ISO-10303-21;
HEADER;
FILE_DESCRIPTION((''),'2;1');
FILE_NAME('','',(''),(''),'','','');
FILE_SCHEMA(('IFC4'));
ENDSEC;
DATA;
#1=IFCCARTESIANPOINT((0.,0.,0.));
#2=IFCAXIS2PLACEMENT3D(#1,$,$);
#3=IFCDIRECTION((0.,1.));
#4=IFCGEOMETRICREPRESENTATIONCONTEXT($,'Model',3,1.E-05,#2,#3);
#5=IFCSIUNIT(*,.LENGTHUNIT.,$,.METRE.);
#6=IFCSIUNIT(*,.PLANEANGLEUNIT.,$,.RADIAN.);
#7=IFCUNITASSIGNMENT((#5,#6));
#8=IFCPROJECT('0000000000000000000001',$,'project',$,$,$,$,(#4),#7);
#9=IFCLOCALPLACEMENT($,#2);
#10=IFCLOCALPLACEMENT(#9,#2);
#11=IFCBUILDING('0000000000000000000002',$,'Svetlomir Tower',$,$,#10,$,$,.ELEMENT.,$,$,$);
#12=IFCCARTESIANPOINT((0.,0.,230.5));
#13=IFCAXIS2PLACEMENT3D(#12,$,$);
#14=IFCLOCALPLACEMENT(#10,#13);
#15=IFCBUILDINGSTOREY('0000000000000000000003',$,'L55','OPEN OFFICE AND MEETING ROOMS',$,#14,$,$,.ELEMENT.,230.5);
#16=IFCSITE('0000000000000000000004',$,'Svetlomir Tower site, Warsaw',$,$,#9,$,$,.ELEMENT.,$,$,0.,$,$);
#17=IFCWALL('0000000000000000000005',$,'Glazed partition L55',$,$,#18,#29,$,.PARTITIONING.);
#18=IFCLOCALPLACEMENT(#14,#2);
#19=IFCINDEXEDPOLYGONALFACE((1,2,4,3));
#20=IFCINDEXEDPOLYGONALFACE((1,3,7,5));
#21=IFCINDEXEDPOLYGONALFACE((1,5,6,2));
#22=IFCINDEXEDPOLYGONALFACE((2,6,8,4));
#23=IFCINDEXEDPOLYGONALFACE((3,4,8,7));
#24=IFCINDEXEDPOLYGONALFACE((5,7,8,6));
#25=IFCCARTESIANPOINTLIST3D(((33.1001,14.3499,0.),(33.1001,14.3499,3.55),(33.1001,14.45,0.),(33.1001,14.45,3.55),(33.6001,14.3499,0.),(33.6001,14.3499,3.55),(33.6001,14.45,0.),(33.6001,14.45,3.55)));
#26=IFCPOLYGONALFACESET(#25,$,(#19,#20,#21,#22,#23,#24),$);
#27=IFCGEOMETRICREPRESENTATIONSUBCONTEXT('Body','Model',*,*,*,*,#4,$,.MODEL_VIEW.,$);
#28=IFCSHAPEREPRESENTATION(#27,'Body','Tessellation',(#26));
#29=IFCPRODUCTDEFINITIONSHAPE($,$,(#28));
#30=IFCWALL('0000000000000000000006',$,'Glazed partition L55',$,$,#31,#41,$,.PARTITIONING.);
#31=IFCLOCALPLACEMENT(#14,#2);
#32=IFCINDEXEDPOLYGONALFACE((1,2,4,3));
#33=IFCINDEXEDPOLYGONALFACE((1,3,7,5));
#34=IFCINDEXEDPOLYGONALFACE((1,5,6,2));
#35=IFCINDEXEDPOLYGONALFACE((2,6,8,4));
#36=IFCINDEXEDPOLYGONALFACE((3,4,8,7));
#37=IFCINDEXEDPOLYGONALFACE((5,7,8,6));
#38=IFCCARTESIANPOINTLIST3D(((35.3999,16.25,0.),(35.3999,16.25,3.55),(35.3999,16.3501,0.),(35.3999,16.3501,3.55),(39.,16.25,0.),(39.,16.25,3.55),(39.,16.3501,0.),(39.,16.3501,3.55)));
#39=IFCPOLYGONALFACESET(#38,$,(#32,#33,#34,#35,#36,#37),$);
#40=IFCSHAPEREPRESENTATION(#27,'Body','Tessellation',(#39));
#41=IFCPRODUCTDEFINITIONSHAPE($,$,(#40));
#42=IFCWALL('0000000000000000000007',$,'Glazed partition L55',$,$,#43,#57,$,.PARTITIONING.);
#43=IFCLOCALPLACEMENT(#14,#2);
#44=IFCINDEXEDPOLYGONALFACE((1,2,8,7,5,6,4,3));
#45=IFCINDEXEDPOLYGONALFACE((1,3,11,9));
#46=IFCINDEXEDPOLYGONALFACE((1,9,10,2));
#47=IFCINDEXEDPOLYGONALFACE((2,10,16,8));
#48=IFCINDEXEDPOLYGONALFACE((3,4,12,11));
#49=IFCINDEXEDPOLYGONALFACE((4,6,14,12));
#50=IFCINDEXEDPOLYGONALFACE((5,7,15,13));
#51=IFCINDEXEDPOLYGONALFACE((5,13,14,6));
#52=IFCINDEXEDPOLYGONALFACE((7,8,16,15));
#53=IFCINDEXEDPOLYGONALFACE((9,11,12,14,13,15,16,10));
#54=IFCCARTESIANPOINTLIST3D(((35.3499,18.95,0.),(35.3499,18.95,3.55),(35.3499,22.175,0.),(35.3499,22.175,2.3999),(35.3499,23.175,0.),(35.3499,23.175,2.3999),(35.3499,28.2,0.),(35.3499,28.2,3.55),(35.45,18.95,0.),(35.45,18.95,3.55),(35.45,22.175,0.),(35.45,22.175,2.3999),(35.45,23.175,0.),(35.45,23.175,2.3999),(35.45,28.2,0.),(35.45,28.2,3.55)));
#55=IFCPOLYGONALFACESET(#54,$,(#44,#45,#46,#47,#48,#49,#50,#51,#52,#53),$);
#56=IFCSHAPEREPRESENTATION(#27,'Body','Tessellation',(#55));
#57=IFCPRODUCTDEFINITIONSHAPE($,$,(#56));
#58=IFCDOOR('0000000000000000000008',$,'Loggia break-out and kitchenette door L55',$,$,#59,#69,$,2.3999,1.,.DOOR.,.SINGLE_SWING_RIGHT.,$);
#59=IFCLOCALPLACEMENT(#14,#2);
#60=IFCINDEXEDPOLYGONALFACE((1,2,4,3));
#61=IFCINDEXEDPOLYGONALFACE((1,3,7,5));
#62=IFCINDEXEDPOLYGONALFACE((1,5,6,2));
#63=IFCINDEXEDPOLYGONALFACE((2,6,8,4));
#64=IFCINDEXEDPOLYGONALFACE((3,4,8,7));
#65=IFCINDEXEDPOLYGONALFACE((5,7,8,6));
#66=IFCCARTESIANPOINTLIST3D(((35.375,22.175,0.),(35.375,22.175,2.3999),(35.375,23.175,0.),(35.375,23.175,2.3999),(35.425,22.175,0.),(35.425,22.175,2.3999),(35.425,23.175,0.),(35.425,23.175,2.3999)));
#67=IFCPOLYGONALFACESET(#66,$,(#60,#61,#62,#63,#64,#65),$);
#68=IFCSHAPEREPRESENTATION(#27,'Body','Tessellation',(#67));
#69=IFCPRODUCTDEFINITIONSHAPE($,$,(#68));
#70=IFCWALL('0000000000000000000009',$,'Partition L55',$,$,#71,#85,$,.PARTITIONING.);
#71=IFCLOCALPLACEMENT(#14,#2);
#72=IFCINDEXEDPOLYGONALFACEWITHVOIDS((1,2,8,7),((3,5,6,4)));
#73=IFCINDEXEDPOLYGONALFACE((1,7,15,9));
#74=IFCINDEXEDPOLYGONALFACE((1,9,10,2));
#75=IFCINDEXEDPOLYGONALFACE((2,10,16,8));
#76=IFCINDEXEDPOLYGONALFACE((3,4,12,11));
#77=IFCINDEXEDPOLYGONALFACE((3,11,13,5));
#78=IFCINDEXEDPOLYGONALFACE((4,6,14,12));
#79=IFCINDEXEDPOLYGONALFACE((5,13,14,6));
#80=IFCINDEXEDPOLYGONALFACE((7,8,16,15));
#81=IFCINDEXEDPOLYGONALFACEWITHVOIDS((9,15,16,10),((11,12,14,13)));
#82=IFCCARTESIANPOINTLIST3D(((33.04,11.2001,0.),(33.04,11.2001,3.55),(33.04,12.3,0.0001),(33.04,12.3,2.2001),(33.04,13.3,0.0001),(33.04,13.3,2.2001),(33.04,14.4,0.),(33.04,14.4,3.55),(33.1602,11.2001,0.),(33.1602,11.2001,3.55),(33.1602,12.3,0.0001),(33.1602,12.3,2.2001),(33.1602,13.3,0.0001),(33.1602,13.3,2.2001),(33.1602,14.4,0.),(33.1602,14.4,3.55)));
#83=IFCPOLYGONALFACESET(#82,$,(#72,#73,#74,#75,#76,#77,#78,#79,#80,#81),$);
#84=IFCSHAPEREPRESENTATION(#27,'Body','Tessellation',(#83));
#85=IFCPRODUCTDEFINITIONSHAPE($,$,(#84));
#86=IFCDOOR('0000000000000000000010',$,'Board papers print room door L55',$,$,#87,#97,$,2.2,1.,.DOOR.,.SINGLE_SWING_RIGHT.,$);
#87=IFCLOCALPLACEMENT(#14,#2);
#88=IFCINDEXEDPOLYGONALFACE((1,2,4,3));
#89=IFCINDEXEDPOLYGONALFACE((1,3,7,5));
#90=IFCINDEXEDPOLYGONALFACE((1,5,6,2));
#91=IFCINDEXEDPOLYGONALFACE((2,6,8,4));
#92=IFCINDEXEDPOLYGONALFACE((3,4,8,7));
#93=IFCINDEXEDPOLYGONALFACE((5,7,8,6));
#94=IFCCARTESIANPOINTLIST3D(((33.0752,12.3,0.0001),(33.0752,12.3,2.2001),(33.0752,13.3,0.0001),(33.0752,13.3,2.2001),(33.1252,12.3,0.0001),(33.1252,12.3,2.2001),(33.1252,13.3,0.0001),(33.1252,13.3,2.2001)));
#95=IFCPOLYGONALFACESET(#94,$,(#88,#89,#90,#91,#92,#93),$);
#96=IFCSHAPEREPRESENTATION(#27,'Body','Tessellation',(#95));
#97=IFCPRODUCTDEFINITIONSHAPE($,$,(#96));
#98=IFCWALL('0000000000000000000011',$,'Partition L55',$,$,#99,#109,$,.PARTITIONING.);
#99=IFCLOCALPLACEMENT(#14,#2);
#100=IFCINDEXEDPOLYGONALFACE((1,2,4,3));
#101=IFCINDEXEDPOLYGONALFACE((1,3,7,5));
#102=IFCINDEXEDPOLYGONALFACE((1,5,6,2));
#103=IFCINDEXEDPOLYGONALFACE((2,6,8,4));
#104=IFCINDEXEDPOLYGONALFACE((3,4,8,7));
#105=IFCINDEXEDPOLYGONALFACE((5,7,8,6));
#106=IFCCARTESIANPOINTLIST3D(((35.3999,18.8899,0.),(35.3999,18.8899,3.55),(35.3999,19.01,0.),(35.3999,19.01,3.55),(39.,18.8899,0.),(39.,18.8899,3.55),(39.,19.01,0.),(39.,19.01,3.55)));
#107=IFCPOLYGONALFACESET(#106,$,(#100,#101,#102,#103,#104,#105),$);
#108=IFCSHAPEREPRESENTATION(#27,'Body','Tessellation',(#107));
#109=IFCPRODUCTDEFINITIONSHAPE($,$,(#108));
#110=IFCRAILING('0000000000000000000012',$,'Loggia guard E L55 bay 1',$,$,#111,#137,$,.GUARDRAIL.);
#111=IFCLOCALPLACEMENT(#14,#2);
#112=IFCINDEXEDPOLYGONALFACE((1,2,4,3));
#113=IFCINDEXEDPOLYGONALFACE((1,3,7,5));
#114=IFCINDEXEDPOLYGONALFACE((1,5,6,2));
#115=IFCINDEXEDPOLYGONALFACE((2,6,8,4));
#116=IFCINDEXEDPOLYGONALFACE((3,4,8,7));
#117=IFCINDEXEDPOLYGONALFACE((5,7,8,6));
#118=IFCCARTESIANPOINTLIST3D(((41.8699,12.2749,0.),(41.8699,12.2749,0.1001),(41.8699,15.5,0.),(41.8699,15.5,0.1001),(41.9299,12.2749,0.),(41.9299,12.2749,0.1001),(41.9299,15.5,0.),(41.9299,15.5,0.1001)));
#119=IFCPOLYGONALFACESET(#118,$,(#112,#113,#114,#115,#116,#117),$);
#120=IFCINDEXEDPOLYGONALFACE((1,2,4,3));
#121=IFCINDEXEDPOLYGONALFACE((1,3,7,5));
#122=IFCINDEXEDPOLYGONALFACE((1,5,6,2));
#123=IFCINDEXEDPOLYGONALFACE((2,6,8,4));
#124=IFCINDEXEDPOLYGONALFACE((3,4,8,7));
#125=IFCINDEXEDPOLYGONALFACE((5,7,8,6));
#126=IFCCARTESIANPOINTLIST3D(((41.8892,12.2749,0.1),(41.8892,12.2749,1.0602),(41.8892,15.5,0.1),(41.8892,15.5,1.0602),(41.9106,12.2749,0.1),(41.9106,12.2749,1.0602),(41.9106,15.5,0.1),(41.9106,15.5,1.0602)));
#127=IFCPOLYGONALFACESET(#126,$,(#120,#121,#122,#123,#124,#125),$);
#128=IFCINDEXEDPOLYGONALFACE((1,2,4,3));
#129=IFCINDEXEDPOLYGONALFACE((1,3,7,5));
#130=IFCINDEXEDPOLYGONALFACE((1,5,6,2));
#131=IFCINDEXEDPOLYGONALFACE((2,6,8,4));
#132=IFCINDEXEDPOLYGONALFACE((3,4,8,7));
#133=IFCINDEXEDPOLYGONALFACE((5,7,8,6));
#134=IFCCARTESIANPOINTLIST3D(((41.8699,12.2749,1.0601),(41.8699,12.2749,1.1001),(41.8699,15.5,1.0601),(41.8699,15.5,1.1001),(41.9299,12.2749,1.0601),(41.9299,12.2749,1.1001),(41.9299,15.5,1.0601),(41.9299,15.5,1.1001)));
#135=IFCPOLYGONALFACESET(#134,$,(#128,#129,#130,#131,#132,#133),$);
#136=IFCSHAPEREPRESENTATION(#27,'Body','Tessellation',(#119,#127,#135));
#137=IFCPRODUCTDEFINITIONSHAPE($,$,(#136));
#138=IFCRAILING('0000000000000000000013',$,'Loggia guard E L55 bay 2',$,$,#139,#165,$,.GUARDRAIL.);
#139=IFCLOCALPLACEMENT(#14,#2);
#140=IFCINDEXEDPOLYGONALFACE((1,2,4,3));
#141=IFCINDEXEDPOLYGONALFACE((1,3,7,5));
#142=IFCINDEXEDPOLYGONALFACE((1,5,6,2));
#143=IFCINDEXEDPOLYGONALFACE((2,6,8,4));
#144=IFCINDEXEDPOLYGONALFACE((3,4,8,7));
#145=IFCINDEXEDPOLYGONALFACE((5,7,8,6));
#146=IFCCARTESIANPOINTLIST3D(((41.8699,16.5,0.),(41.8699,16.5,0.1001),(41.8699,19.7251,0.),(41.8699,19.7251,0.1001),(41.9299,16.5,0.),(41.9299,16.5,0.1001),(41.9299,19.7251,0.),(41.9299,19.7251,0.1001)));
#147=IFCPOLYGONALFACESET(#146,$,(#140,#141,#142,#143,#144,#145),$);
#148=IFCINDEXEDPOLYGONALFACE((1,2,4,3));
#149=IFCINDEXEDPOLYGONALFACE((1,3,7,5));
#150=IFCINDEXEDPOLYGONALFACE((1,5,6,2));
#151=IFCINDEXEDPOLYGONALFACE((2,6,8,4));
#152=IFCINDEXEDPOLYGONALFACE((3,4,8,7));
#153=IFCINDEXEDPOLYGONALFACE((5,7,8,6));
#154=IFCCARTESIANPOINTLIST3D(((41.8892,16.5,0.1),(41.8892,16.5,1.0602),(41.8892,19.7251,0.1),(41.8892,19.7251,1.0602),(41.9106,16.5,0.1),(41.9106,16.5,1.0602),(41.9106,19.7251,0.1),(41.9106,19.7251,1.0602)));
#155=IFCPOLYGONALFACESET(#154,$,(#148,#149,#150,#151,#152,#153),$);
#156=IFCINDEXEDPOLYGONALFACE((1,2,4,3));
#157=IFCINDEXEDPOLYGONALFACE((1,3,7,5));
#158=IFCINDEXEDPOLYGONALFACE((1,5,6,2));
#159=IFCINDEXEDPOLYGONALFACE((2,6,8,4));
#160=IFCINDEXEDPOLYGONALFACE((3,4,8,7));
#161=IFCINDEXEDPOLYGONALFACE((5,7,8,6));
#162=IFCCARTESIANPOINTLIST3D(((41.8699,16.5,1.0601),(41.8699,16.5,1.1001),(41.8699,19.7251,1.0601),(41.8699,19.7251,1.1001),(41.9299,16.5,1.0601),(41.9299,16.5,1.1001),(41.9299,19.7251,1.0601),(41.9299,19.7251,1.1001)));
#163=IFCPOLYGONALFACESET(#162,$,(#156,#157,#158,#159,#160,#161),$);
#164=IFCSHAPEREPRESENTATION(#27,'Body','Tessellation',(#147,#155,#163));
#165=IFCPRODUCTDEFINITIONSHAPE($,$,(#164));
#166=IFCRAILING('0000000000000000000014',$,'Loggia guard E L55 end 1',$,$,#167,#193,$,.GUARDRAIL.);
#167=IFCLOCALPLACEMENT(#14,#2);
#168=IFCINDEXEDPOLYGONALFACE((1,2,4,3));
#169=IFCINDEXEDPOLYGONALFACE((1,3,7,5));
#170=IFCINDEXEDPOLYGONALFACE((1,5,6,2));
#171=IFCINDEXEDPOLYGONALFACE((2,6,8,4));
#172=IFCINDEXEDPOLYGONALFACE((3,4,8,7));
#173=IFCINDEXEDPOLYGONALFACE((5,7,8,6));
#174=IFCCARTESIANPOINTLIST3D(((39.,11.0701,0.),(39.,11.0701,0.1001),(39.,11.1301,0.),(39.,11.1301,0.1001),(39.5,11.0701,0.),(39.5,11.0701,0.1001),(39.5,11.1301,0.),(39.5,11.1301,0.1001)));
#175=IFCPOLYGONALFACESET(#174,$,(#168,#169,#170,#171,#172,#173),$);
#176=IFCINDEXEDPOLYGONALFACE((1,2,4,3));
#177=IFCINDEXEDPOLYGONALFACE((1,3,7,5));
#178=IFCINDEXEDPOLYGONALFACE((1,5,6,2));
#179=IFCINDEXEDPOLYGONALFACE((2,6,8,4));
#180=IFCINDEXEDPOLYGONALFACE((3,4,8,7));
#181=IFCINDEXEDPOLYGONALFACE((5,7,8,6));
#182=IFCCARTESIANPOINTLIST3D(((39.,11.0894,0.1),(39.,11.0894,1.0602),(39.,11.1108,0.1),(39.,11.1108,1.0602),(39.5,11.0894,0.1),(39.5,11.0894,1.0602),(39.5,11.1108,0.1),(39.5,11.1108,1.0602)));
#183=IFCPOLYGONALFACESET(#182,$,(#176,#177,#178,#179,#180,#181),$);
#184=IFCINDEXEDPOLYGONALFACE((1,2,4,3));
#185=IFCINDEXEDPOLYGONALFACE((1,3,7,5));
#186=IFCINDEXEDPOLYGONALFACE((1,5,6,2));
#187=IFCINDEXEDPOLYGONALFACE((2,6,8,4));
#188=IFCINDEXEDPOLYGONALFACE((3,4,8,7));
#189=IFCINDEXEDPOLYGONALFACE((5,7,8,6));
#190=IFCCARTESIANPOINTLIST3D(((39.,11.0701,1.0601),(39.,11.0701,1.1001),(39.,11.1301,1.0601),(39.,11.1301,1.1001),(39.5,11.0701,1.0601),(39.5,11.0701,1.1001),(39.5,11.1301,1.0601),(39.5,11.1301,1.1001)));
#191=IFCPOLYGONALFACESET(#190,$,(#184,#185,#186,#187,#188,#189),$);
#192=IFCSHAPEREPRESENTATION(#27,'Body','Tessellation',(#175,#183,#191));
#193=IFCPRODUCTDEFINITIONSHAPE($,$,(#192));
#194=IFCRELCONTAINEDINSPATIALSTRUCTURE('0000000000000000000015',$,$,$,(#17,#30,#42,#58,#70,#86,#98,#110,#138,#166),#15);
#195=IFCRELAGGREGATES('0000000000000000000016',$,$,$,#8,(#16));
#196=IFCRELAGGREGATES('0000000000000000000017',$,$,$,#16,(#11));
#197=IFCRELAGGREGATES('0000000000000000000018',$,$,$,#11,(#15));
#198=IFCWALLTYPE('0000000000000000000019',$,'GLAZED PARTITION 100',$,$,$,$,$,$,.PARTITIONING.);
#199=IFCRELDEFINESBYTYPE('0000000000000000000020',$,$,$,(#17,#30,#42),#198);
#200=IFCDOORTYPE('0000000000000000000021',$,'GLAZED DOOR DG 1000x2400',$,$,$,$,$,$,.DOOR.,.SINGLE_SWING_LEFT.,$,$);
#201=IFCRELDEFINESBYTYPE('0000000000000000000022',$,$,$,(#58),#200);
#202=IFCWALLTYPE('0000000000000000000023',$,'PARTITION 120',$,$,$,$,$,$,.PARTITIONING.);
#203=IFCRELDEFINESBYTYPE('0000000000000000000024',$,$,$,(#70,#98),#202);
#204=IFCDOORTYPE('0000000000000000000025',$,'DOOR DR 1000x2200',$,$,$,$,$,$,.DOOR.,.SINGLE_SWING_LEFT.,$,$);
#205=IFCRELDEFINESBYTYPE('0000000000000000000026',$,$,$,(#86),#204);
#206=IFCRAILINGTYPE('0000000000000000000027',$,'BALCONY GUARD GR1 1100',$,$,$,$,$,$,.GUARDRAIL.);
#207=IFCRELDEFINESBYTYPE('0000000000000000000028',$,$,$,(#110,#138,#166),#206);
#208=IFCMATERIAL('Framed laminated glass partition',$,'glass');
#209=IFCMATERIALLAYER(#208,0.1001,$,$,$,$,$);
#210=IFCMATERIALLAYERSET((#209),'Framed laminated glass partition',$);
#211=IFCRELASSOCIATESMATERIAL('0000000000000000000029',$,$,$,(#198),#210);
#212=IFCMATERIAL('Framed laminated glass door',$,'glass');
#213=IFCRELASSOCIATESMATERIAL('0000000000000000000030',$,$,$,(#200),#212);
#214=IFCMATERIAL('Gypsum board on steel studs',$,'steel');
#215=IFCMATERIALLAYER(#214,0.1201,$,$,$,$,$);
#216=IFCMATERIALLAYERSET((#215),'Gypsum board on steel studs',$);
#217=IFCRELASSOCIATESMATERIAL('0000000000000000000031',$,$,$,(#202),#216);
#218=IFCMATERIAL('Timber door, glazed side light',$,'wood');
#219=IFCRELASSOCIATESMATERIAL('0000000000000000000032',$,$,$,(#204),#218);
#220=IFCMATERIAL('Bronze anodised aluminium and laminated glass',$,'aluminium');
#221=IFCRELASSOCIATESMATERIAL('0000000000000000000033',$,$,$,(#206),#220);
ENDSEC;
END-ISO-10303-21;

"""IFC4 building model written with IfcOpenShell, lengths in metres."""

from ifc_helpers import new_model, si_unit, direction, frame, frame_2d, origin, origin_2d, place, context, subcontext, project, spatial, rectangle, extrude, material, layer, layer_set, type_object, element, fill, save


model = new_model("IFC4")

# Units and contexts
model_context = context("Model", 3, precision=1e-05, world=origin(), true_north=direction((0.0, 1.0)))
body_context = subcontext(model_context, "Body", "Model", "MODEL_VIEW")
ifc_project = project(units=[si_unit("LENGTHUNIT", "METRE"), si_unit("PLANEANGLEUNIT", "RADIAN")], contexts=[model_context])

# Site, building, storey
site_placement = place(None, origin())
site = spatial("IfcSite", under=ifc_project, at=site_placement, Name="Svetlomir Tower site, Warsaw", CompositionType="ELEMENT", RefElevation=0.0)
building_placement = place(site_placement, origin())
building = spatial("IfcBuilding", under=site, at=building_placement, Name="Svetlomir Tower", CompositionType="ELEMENT")
storey_placement = place(building_placement, frame((0.0, 0.0, 230.5)))
storey = spatial("IfcBuildingStorey", under=building, at=storey_placement, Name="L55", Description="OPEN OFFICE AND MEETING ROOMS", CompositionType="ELEMENT", Elevation=230.5)

# Wall
ifc_material_1 = material(Name="Framed laminated glass partition", Category="glass")
ifc_layer_1 = layer(ifc_material_1, 0.1001)
ifc_layer_set_1 = layer_set([ifc_layer_1], Name="Framed laminated glass partition")
wall_type_1 = type_object("IfcWallType", Name="GLAZED PARTITION 100", PredefinedType="PARTITIONING", material=ifc_layer_set_1)
wall_1_placement = place(storey_placement, frame((33.1001, 14.3999, 0.0), z_axis=(0.0, 0.0, 1.0), x_axis=(1.0, 0.0, 0.0)))
element("IfcWall", 1, at=wall_1_placement, inside=storey, type_object=wall_type_1, Name="Glazed partition L55", PredefinedType="PARTITIONING", context=body_context, shape_type="SweptSolid", body=[
    extrude(rectangle(XDim=0.5, YDim=0.1001, at=frame_2d((0.25, 0.0))), origin(), (0.0, 0.0, 1.0), 3.55),
])

# Shared definitions
ifc_material_2 = material(Name="Framed laminated glass door", Category="glass")
door_type_1 = type_object("IfcDoorType", Name="GLAZED DOOR DG 1000x2400", OperationType="SINGLE_SWING_LEFT", PredefinedType="DOOR", material=ifc_material_2)

# Wall
wall_2_placement = place(storey_placement, frame((35.3999, 16.3, 0.0), z_axis=(0.0, 0.0, 1.0), x_axis=(1.0, 0.0, 0.0)))
element("IfcWall", 2, at=wall_2_placement, inside=storey, type_object=wall_type_1, Name="Glazed partition L55", PredefinedType="PARTITIONING", context=body_context, shape_type="SweptSolid", body=[
    extrude(rectangle(XDim=3.6001, YDim=0.1001, at=frame_2d((1.8, 0.0))), origin(), (0.0, 0.0, 1.0), 3.55),
])

# Walls, openings, doors
wall_3_placement = place(storey_placement, frame((35.3999, 18.95, 0.0), z_axis=(0.0, 0.0, 1.0), x_axis=(0.0, 1.0, 0.0)))
wall_3 = element("IfcWall", 3, at=wall_3_placement, inside=storey, type_object=wall_type_1, Name="Glazed partition L55", PredefinedType="PARTITIONING", context=body_context, shape_type="SweptSolid", body=[
    extrude(rectangle(XDim=9.25, YDim=0.1001, at=frame_2d((4.625, 0.0))), origin(), (0.0, 0.0, 1.0), 3.55),
])
opening_1_placement = place(wall_3_placement, frame((3.2251, 0.0, 0.0)))
opening_1 = element("IfcOpeningElement", 4, at=opening_1_placement, cuts=wall_3, PredefinedType="OPENING", context=body_context, shape_type="SweptSolid", body=[
    extrude(rectangle(XDim=1.0, YDim=2.3999, at=frame_2d((0.5, 1.2))), frame((0.0, 0.0601, 0.0), z_axis=(0.0, -1.0, 0.0), x_axis=(1.0, 0.0, 0.0)), (0.0, 0.0, 1.0), 0.1201),
])
door_1_placement = place(opening_1_placement, origin())
door_1 = element("IfcDoor", 5, at=door_1_placement, inside=storey, type_object=door_type_1, Name="Loggia break-out and kitchenette door L55", OperationType="SINGLE_SWING_RIGHT", OverallHeight=2.3999, OverallWidth=1.0, PredefinedType="DOOR", context=body_context, shape_type="SweptSolid", body=[
    extrude(rectangle(XDim=1.0, YDim=2.3999, at=frame_2d((0.5, 1.2))), frame((0.0, 0.0249, 0.0), z_axis=(0.0, -1.0, 0.0), x_axis=(1.0, 0.0, 0.0)), (0.0, 0.0, 1.0), 0.05),
])
fill(opening_1, door_1)
ifc_material_3 = material(Name="Gypsum board on steel studs", Category="steel")
ifc_layer_2 = layer(ifc_material_3, 0.1201)
ifc_layer_set_2 = layer_set([ifc_layer_2], Name="Gypsum board on steel studs")
wall_type_2 = type_object("IfcWallType", Name="PARTITION 120", PredefinedType="PARTITIONING", material=ifc_layer_set_2)
wall_4_placement = place(storey_placement, frame((33.1001, 11.2, 0.0), z_axis=(0.0, 0.0, 1.0), x_axis=(0.0, 1.0, 0.0)))
wall_4 = element("IfcWall", 6, at=wall_4_placement, inside=storey, type_object=wall_type_2, Name="Partition L55", PredefinedType="PARTITIONING", context=body_context, shape_type="SweptSolid", body=[
    extrude(rectangle(XDim=3.2, YDim=0.1201, at=frame_2d((1.6001, 0.0))), origin(), (0.0, 0.0, 1.0), 3.55),
])
opening_2_placement = place(wall_4_placement, frame((1.1001, 0.0, 0.0)))
opening_2 = element("IfcOpeningElement", 7, at=opening_2_placement, cuts=wall_4, PredefinedType="OPENING", context=body_context, shape_type="SweptSolid", body=[
    extrude(rectangle(XDim=1.0, YDim=2.2, at=frame_2d((0.5, 1.1001))), frame((0.0, 0.0701, 0.0), z_axis=(0.0, -1.0, 0.0), x_axis=(1.0, 0.0, 0.0)), (0.0, 0.0, 1.0), 0.1401),
])
ifc_material_4 = material(Name="Timber door, glazed side light", Category="wood")
door_type_2 = type_object("IfcDoorType", Name="DOOR DR 1000x2200", OperationType="SINGLE_SWING_LEFT", PredefinedType="DOOR", material=ifc_material_4)
door_2_placement = place(opening_2_placement, origin())
door_2 = element("IfcDoor", 8, at=door_2_placement, inside=storey, type_object=door_type_2, Name="Board papers print room door L55", OperationType="SINGLE_SWING_RIGHT", OverallHeight=2.2, OverallWidth=1.0, PredefinedType="DOOR", context=body_context, shape_type="SweptSolid", body=[
    extrude(rectangle(XDim=1.0, YDim=2.2, at=frame_2d((0.5, 1.1001))), frame((0.0, 0.0249, 0.0), z_axis=(0.0, -1.0, 0.0), x_axis=(1.0, 0.0, 0.0)), (0.0, 0.0, 1.0), 0.05),
])
fill(opening_2, door_2)

# Wall
wall_5_placement = place(storey_placement, frame((35.3999, 18.95, 0.0), z_axis=(0.0, 0.0, 1.0), x_axis=(1.0, 0.0, 0.0)))
element("IfcWall", 9, at=wall_5_placement, inside=storey, type_object=wall_type_2, Name="Partition L55", PredefinedType="PARTITIONING", context=body_context, shape_type="SweptSolid", body=[
    extrude(rectangle(XDim=3.6001, YDim=0.1201, at=frame_2d((1.8, 0.0))), origin(), (0.0, 0.0, 1.0), 3.55),
])

# Railings
ifc_material_5 = material(Name="Bronze anodised aluminium and laminated glass", Category="aluminium")
railing_type = type_object("IfcRailingType", Name="BALCONY GUARD GR1 1100", PredefinedType="GUARDRAIL", material=ifc_material_5)
for number, where, name in (
    (10, (41.8999, 12.2749, 0.0), "Loggia guard E L55 bay 1"),
    (11, (41.8999, 16.5, 0.0), "Loggia guard E L55 bay 2"),
):
    element("IfcRailing", number, at=place(storey_placement, frame(where)), inside=storey, type_object=railing_type, Name=name, PredefinedType="GUARDRAIL", context=body_context, shape_type="SweptSolid", body=[
        extrude(rectangle(XDim=0.0601, YDim=0.1001, at=origin_2d()), frame((0.0, 0.0, 0.05), z_axis=(0.0, 1.0, 0.0), x_axis=(-1.0, 0.0, 0.0)), (0.0, 0.0, 1.0), 3.2251),
        extrude(rectangle(XDim=0.0215, YDim=0.9602, at=origin_2d()), frame((0.0, 0.0, 0.5801), z_axis=(0.0, 1.0, 0.0), x_axis=(-1.0, 0.0, 0.0)), (0.0, 0.0, 1.0), 3.2251),
        extrude(rectangle(XDim=0.0601, YDim=0.04, at=origin_2d()), frame((0.0, 0.0, 1.0801), z_axis=(0.0, 1.0, 0.0), x_axis=(-1.0, 0.0, 0.0)), (0.0, 0.0, 1.0), 3.2251),
    ])
railing_placement = place(storey_placement, frame((39.5, 11.1001, 0.0)))
element("IfcRailing", 12, at=railing_placement, inside=storey, type_object=railing_type, Name="Loggia guard E L55 end 1", PredefinedType="GUARDRAIL", context=body_context, shape_type="SweptSolid", body=[
    extrude(rectangle(XDim=0.0601, YDim=0.1001, at=origin_2d()), frame((0.0, 0.0, 0.05), z_axis=(-1.0, 0.0, 0.0), x_axis=(0.0, -1.0, 0.0)), (0.0, 0.0, 1.0), 0.5),
    extrude(rectangle(XDim=0.0215, YDim=0.9602, at=origin_2d()), frame((0.0, 0.0, 0.5801), z_axis=(-1.0, 0.0, 0.0), x_axis=(0.0, -1.0, 0.0)), (0.0, 0.0, 1.0), 0.5),
    extrude(rectangle(XDim=0.0601, YDim=0.04, at=origin_2d()), frame((0.0, 0.0, 1.0801), z_axis=(-1.0, 0.0, 0.0), x_axis=(0.0, -1.0, 0.0)), (0.0, 0.0, 1.0), 0.5),
])

save(model, "model.ifc")
